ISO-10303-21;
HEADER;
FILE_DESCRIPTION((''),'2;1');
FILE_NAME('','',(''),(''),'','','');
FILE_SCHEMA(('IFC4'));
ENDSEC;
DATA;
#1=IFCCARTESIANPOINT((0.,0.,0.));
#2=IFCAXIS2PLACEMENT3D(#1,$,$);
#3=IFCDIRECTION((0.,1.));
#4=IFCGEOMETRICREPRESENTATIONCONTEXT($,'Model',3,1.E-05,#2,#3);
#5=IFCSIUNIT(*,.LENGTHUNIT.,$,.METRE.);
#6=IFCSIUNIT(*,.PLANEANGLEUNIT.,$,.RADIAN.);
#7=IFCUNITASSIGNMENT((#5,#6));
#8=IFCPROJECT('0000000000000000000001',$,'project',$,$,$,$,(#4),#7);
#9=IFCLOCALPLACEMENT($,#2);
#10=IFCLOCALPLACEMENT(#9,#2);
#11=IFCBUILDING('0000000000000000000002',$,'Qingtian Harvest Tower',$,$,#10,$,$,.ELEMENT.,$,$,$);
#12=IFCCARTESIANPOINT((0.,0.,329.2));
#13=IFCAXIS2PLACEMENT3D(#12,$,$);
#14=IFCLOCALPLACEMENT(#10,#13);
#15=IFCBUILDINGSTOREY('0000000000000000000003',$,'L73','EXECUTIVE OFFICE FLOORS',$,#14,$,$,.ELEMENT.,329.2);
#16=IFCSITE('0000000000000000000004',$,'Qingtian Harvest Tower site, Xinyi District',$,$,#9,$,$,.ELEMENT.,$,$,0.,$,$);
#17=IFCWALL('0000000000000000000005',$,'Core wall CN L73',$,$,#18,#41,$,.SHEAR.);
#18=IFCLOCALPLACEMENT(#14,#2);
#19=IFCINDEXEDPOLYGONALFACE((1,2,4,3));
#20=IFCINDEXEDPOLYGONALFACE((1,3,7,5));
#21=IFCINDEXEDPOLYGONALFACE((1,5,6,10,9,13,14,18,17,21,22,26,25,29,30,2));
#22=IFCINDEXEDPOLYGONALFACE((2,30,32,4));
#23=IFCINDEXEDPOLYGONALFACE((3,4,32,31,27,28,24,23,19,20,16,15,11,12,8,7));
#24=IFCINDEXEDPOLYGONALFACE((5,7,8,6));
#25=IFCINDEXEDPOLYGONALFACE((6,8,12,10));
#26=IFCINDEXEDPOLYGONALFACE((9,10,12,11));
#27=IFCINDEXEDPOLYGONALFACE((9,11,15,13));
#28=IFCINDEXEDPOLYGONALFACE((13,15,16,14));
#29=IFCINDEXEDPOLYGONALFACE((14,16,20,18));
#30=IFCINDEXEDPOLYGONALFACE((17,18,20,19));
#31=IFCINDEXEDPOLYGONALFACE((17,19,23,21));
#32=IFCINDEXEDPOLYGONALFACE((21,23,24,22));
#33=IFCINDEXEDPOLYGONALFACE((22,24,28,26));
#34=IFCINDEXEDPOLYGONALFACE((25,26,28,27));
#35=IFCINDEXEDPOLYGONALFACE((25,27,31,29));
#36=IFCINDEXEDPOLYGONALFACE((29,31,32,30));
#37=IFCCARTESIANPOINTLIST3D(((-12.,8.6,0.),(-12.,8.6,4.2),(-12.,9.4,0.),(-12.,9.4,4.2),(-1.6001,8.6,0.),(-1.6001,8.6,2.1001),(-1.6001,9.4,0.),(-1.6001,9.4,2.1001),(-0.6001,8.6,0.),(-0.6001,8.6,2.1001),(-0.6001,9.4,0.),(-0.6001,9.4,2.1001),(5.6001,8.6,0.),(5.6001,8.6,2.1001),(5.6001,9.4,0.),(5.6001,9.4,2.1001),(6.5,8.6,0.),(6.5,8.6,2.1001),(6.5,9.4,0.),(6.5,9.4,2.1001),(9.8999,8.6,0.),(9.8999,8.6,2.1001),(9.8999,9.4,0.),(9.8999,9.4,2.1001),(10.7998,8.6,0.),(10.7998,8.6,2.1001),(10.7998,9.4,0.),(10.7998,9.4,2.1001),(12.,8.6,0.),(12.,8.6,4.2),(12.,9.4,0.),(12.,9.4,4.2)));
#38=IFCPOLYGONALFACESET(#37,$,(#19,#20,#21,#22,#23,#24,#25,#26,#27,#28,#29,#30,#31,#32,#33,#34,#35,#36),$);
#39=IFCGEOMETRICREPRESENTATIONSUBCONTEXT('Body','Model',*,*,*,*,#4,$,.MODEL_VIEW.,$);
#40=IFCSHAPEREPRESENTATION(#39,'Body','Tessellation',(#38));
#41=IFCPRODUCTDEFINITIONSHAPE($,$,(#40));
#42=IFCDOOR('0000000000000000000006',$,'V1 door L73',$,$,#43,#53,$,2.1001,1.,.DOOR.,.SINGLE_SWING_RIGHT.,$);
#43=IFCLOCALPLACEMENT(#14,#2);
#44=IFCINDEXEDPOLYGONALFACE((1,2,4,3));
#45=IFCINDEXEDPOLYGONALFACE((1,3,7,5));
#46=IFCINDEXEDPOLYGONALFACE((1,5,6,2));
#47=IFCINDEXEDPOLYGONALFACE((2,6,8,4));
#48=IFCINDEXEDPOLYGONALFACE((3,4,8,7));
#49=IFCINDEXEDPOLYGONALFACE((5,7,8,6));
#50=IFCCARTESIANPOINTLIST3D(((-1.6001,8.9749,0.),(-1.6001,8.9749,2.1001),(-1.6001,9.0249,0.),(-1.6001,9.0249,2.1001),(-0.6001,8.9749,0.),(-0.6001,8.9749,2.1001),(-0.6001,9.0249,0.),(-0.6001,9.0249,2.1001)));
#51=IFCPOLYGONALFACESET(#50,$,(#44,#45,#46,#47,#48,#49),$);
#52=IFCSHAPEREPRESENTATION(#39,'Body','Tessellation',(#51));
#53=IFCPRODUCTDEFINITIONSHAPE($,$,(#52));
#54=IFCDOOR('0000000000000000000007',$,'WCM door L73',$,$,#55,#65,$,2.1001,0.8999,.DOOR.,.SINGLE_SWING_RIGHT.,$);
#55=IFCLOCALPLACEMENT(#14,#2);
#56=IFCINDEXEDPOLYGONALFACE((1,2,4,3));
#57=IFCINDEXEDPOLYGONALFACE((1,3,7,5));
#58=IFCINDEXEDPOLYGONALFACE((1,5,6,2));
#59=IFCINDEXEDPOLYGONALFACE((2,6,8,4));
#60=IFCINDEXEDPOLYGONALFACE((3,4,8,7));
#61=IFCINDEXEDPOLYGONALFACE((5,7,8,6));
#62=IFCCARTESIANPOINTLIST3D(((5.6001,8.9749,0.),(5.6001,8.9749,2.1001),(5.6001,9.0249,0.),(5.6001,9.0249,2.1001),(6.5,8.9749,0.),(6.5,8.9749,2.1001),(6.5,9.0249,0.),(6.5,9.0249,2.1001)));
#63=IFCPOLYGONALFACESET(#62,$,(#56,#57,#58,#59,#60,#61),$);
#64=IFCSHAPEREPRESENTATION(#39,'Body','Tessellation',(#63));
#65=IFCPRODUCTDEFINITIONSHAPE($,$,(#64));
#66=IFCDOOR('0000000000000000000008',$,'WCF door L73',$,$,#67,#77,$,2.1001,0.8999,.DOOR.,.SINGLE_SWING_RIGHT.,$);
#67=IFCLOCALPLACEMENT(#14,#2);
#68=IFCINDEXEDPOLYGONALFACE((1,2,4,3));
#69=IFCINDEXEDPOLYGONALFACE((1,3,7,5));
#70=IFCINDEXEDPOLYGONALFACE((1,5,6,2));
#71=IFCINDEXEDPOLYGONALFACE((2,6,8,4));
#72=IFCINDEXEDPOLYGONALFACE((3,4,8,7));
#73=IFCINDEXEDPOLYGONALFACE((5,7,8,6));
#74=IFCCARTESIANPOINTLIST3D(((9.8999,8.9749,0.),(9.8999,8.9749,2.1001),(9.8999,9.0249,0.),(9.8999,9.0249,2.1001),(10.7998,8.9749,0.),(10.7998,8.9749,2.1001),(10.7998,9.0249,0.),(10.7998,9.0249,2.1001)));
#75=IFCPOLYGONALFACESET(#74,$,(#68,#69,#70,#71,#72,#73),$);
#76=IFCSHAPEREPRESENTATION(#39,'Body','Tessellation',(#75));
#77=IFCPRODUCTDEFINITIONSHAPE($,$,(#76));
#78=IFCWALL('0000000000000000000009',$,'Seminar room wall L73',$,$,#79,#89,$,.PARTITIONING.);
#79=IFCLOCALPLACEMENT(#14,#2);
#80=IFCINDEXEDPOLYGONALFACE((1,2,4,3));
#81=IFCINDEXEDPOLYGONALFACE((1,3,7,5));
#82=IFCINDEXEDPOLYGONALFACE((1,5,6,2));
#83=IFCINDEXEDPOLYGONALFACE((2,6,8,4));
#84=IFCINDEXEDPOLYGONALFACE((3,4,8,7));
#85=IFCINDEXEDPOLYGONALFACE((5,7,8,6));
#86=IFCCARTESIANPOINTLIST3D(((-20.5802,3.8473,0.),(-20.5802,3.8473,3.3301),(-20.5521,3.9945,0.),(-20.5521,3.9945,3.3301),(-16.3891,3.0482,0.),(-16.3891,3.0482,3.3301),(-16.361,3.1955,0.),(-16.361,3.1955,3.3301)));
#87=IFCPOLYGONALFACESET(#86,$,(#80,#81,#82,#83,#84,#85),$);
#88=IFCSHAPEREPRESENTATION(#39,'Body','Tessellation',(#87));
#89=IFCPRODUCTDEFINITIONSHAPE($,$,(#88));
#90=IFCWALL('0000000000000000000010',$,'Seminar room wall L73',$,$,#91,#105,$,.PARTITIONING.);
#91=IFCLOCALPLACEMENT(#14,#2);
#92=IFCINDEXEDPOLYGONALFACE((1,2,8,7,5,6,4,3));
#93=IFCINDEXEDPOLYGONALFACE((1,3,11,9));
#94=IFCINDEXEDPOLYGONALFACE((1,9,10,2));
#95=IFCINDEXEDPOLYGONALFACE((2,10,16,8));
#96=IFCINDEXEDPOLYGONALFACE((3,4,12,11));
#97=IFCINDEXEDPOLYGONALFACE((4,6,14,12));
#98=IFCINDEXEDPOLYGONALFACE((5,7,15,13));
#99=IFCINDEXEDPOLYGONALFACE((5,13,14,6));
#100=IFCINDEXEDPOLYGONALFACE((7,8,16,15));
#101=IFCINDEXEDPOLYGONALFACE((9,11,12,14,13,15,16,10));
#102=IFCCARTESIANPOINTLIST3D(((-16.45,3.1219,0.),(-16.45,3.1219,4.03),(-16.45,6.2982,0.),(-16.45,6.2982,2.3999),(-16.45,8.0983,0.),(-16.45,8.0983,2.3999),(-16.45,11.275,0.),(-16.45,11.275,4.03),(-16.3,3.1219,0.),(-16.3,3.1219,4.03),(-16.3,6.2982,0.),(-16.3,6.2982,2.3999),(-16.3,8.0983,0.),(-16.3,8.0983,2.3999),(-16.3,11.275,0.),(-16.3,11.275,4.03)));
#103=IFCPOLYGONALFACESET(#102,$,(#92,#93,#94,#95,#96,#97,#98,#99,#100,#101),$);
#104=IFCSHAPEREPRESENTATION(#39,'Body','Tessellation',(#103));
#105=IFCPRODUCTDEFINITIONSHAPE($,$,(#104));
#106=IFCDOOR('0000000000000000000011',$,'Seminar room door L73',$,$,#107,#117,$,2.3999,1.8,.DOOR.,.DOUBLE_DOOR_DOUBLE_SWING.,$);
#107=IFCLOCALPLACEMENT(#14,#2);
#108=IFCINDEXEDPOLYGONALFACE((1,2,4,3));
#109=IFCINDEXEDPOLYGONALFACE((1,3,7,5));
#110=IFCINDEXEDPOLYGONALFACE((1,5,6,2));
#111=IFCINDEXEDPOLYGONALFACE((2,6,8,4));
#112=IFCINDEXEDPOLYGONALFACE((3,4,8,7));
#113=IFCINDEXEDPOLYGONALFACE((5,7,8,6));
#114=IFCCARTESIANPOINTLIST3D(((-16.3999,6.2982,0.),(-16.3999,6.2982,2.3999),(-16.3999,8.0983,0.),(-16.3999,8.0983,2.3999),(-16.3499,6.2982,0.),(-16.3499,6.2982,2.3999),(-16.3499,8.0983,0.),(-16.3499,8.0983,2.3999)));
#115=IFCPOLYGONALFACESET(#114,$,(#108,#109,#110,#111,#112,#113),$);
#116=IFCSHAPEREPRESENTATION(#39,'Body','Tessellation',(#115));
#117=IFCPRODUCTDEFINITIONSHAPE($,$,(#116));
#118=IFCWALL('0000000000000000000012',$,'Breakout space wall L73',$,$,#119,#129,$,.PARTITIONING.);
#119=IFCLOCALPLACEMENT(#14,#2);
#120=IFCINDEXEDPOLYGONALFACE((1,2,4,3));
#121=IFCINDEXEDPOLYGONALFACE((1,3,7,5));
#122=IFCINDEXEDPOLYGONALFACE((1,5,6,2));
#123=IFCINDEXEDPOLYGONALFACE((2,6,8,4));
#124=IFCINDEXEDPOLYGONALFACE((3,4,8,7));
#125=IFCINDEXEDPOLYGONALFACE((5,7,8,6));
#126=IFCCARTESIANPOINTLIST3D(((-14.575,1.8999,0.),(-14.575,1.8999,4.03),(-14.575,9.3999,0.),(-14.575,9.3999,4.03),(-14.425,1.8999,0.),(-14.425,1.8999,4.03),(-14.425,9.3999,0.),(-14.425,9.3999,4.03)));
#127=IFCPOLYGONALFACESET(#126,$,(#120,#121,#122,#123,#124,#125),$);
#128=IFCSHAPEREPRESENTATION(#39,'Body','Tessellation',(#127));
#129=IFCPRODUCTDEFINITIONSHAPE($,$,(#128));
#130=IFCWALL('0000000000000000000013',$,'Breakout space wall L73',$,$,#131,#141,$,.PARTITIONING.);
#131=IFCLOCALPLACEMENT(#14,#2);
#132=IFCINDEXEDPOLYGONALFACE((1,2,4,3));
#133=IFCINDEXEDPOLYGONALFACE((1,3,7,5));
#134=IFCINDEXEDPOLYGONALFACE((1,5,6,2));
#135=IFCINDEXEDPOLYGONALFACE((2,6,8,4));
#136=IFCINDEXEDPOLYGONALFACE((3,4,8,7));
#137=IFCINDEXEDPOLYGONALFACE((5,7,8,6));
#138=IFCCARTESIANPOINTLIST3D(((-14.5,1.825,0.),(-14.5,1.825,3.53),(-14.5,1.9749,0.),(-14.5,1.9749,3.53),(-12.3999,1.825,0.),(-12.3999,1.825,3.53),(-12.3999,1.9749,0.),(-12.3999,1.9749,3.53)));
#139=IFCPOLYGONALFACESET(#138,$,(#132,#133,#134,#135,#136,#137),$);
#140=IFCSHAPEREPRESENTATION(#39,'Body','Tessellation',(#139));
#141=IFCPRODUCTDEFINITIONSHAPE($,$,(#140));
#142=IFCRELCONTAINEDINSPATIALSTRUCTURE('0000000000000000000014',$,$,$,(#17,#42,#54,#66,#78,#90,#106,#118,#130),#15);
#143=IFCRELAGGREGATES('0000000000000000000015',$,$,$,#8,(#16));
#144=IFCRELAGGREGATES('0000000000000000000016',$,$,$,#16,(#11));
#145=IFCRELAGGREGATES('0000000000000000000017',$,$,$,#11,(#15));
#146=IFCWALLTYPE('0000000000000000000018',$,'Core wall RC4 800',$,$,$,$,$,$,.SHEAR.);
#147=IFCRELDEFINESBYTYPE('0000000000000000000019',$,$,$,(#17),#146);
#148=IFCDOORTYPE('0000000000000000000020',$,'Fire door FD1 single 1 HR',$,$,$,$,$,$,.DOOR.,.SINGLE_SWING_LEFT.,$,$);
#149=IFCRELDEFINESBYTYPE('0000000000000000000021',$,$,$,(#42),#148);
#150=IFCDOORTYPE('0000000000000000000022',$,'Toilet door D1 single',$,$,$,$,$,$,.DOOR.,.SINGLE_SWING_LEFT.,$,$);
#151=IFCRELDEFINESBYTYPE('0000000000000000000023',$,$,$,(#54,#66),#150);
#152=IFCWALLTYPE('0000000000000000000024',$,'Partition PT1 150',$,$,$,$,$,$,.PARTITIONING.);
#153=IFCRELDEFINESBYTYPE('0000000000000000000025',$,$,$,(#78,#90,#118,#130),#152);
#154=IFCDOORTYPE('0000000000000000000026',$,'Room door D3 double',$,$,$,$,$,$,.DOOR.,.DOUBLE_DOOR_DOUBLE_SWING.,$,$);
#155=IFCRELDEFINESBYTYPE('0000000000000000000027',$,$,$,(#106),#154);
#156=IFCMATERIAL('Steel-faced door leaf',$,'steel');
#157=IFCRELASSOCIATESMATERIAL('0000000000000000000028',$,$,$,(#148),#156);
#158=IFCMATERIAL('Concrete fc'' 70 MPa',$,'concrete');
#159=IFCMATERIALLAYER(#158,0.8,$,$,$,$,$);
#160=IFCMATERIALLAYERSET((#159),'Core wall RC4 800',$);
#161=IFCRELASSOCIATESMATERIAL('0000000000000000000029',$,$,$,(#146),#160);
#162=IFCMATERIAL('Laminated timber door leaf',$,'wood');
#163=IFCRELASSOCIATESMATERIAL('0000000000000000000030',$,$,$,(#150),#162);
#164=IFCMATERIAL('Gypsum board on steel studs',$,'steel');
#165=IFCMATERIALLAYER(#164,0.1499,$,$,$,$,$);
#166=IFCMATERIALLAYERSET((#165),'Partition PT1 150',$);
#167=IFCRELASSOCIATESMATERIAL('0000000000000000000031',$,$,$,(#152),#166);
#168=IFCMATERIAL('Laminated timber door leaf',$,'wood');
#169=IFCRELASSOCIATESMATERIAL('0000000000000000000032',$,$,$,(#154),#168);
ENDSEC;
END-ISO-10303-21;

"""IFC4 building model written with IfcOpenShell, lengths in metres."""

from ifc_helpers import new_model, si_unit, direction, frame, frame_2d, origin, place, context, subcontext, project, spatial, rectangle, extrude, material, layer, layer_set, type_object, element, fill, save


model = new_model("IFC4")

# Units and contexts
model_context = context("Model", 3, precision=1e-05, world=origin(), true_north=direction((0.0, 1.0)))
body_context = subcontext(model_context, "Body", "Model", "MODEL_VIEW")
ifc_project = project(units=[si_unit("LENGTHUNIT", "METRE"), si_unit("PLANEANGLEUNIT", "RADIAN")], contexts=[model_context])

# Site, building, storey
site_placement = place(None, origin())
site = spatial("IfcSite", under=ifc_project, at=site_placement, Name="Qingtian Harvest Tower site, Xinyi District", CompositionType="ELEMENT", RefElevation=0.0)
building_placement = place(site_placement, origin())
building = spatial("IfcBuilding", under=site, at=building_placement, Name="Qingtian Harvest Tower", CompositionType="ELEMENT")
storey_placement = place(building_placement, frame((0.0, 0.0, 329.2)))
storey = spatial("IfcBuildingStorey", under=building, at=storey_placement, Name="L73", Description="EXECUTIVE OFFICE FLOORS", CompositionType="ELEMENT", Elevation=329.2)

# Wall, openings, doors
ifc_material_1 = material(Name="Steel-faced door leaf", Category="steel")
door_type_1 = type_object("IfcDoorType", Name="Fire door FD1 single 1 HR", OperationType="SINGLE_SWING_LEFT", PredefinedType="DOOR", material=ifc_material_1)
ifc_material_2 = material(Name="Concrete fc' 70 MPa", Category="concrete")
ifc_layer_1 = layer(ifc_material_2, 0.8)
ifc_layer_set_1 = layer_set([ifc_layer_1], Name="Core wall RC4 800")
wall_type_1 = type_object("IfcWallType", Name="Core wall RC4 800", PredefinedType="SHEAR", material=ifc_layer_set_1)
wall_1_placement = place(storey_placement, frame((-12.0, 9.0, 0.0), z_axis=(0.0, 0.0, 1.0), x_axis=(1.0, 0.0, 0.0)))
wall_1 = element("IfcWall", 1, at=wall_1_placement, inside=storey, type_object=wall_type_1, Name="Core wall CN L73", PredefinedType="SHEAR", context=body_context, shape_type="SweptSolid", body=[
    extrude(rectangle(XDim=24.0, YDim=0.8, at=frame_2d((12.0, 0.0))), origin(), (0.0, 0.0, 1.0), 4.2),
])
opening_1_placement = place(wall_1_placement, frame((10.3999, 0.0, 0.0)))
opening_1 = element("IfcOpeningElement", 2, at=opening_1_placement, cuts=wall_1, PredefinedType="OPENING", context=body_context, shape_type="SweptSolid", body=[
    extrude(rectangle(XDim=1.0, YDim=2.1001, at=frame_2d((0.5, 1.05))), frame((0.0, 0.4099, 0.0), z_axis=(0.0, -1.0, 0.0), x_axis=(1.0, 0.0, 0.0)), (0.0, 0.0, 1.0), 0.8201),
])
opening_2_placement = place(wall_1_placement, frame((17.6001, 0.0, 0.0)))
opening_2 = element("IfcOpeningElement", 3, at=opening_2_placement, cuts=wall_1, PredefinedType="OPENING", context=body_context, shape_type="SweptSolid", body=[
    extrude(rectangle(XDim=0.8999, YDim=2.1001, at=frame_2d((0.45, 1.05))), frame((0.0, 0.4099, 0.0), z_axis=(0.0, -1.0, 0.0), x_axis=(1.0, 0.0, 0.0)), (0.0, 0.0, 1.0), 0.8201),
])
opening_3_placement = place(wall_1_placement, frame((21.8999, 0.0, 0.0)))
opening_3 = element("IfcOpeningElement", 4, at=opening_3_placement, cuts=wall_1, PredefinedType="OPENING", context=body_context, shape_type="SweptSolid", body=[
    extrude(rectangle(XDim=0.8999, YDim=2.1001, at=frame_2d((0.45, 1.05))), frame((0.0, 0.4099, 0.0), z_axis=(0.0, -1.0, 0.0), x_axis=(1.0, 0.0, 0.0)), (0.0, 0.0, 1.0), 0.8201),
])
door_1_placement = place(opening_1_placement, origin())
door_1 = element("IfcDoor", 5, at=door_1_placement, inside=storey, type_object=door_type_1, Name="V1 door L73", OperationType="SINGLE_SWING_RIGHT", OverallHeight=2.1001, OverallWidth=1.0, PredefinedType="DOOR", context=body_context, shape_type="SweptSolid", body=[
    extrude(rectangle(XDim=1.0, YDim=2.1001, at=frame_2d((0.5, 1.05))), frame((0.0, 0.0249, 0.0), z_axis=(0.0, -1.0, 0.0), x_axis=(1.0, 0.0, 0.0)), (0.0, 0.0, 1.0), 0.05),
])
fill(opening_1, door_1)
ifc_material_3 = material(Name="Laminated timber door leaf", Category="wood")
door_type_2 = type_object("IfcDoorType", Name="Toilet door D1 single", OperationType="SINGLE_SWING_LEFT", PredefinedType="DOOR", material=ifc_material_3)
door_2_placement = place(opening_2_placement, origin())
door_2 = element("IfcDoor", 6, at=door_2_placement, inside=storey, type_object=door_type_2, Name="WCM door L73", OperationType="SINGLE_SWING_RIGHT", OverallHeight=2.1001, OverallWidth=0.8999, PredefinedType="DOOR", context=body_context, shape_type="SweptSolid", body=[
    extrude(rectangle(XDim=0.8999, YDim=2.1001, at=frame_2d((0.45, 1.05))), frame((0.0, 0.0249, 0.0), z_axis=(0.0, -1.0, 0.0), x_axis=(1.0, 0.0, 0.0)), (0.0, 0.0, 1.0), 0.05),
])
fill(opening_2, door_2)
door_3_placement = place(opening_3_placement, origin())
door_3 = element("IfcDoor", 7, at=door_3_placement, inside=storey, type_object=door_type_2, Name="WCF door L73", OperationType="SINGLE_SWING_RIGHT", OverallHeight=2.1001, OverallWidth=0.8999, PredefinedType="DOOR", context=body_context, shape_type="SweptSolid", body=[
    extrude(rectangle(XDim=0.8999, YDim=2.1001, at=frame_2d((0.45, 1.05))), frame((0.0, 0.0249, 0.0), z_axis=(0.0, -1.0, 0.0), x_axis=(1.0, 0.0, 0.0)), (0.0, 0.0, 1.0), 0.05),
])
fill(opening_3, door_3)

# Wall
ifc_material_4 = material(Name="Gypsum board on steel studs", Category="steel")
ifc_layer_2 = layer(ifc_material_4, 0.1499)
ifc_layer_set_2 = layer_set([ifc_layer_2], Name="Partition PT1 150")
wall_type_2 = type_object("IfcWallType", Name="Partition PT1 150", PredefinedType="PARTITIONING", material=ifc_layer_set_2)
wall_2_placement = place(storey_placement, frame((-20.5662, 3.9209, 0.0), z_axis=(0.0, 0.0, 1.0), x_axis=(0.982306, -0.187283, 0.0)))
element("IfcWall", 8, at=wall_2_placement, inside=storey, type_object=wall_type_2, Name="Seminar room wall L73", PredefinedType="PARTITIONING", context=body_context, shape_type="SweptSolid", body=[
    extrude(rectangle(XDim=4.2666, YDim=0.1499, at=frame_2d((2.1333, 0.0))), origin(), (0.0, 0.0, 1.0), 3.3301),
])

# Wall, opening, door
wall_3_placement = place(storey_placement, frame((-16.375, 3.1218, 0.0), z_axis=(0.0, 0.0, 1.0), x_axis=(0.0, 1.0, 0.0)))
wall_3 = element("IfcWall", 9, at=wall_3_placement, inside=storey, type_object=wall_type_2, Name="Seminar room wall L73", PredefinedType="PARTITIONING", context=body_context, shape_type="SweptSolid", body=[
    extrude(rectangle(XDim=8.1531, YDim=0.1499, at=frame_2d((4.0767, 0.0))), origin(), (0.0, 0.0, 1.0), 4.03),
])
opening_4_placement = place(wall_3_placement, frame((3.1765, 0.0, 0.0)))
opening_4 = element("IfcOpeningElement", 10, at=opening_4_placement, cuts=wall_3, PredefinedType="OPENING", context=body_context, shape_type="SweptSolid", body=[
    extrude(rectangle(XDim=1.8, YDim=2.3999, at=frame_2d((0.8999, 1.2))), frame((0.0, 0.085, 0.0), z_axis=(0.0, -1.0, 0.0), x_axis=(1.0, 0.0, 0.0)), (0.0, 0.0, 1.0), 0.1699),
])
ifc_material_5 = material(Name="Laminated timber door leaf", Category="wood")
door_type_3 = type_object("IfcDoorType", Name="Room door D3 double", OperationType="DOUBLE_DOOR_DOUBLE_SWING", PredefinedType="DOOR", material=ifc_material_5)
door_4_placement = place(opening_4_placement, origin())
door_4 = element("IfcDoor", 11, at=door_4_placement, inside=storey, type_object=door_type_3, Name="Seminar room door L73", OperationType="DOUBLE_DOOR_DOUBLE_SWING", OverallHeight=2.3999, OverallWidth=1.8, PredefinedType="DOOR", context=body_context, shape_type="SweptSolid", body=[
    extrude(rectangle(XDim=1.8, YDim=2.3999, at=frame_2d((0.8999, 1.2))), frame((0.0, 0.0249, 0.0), z_axis=(0.0, -1.0, 0.0), x_axis=(1.0, 0.0, 0.0)), (0.0, 0.0, 1.0), 0.05),
])
fill(opening_4, door_4)

# Walls
wall_4_placement = place(storey_placement, frame((-14.5, 1.8999, 0.0), z_axis=(0.0, 0.0, 1.0), x_axis=(0.0, 1.0, 0.0)))
element("IfcWall", 12, at=wall_4_placement, inside=storey, type_object=wall_type_2, Name="Breakout space wall L73", PredefinedType="PARTITIONING", context=body_context, shape_type="SweptSolid", body=[
    extrude(rectangle(XDim=7.5, YDim=0.1499, at=frame_2d((3.75, 0.0))), origin(), (0.0, 0.0, 1.0), 4.03),
])
wall_5_placement = place(storey_placement, frame((-12.3999, 1.8999, 0.0), z_axis=(0.0, 0.0, 1.0), x_axis=(-1.0, 0.0, 0.0)))
element("IfcWall", 13, at=wall_5_placement, inside=storey, type_object=wall_type_2, Name="Breakout space wall L73", PredefinedType="PARTITIONING", context=body_context, shape_type="SweptSolid", body=[
    extrude(rectangle(XDim=2.1001, YDim=0.1499, at=frame_2d((1.05, 0.0))), origin(), (0.0, 0.0, 1.0), 3.53),
])

save(model, "model.ifc")
